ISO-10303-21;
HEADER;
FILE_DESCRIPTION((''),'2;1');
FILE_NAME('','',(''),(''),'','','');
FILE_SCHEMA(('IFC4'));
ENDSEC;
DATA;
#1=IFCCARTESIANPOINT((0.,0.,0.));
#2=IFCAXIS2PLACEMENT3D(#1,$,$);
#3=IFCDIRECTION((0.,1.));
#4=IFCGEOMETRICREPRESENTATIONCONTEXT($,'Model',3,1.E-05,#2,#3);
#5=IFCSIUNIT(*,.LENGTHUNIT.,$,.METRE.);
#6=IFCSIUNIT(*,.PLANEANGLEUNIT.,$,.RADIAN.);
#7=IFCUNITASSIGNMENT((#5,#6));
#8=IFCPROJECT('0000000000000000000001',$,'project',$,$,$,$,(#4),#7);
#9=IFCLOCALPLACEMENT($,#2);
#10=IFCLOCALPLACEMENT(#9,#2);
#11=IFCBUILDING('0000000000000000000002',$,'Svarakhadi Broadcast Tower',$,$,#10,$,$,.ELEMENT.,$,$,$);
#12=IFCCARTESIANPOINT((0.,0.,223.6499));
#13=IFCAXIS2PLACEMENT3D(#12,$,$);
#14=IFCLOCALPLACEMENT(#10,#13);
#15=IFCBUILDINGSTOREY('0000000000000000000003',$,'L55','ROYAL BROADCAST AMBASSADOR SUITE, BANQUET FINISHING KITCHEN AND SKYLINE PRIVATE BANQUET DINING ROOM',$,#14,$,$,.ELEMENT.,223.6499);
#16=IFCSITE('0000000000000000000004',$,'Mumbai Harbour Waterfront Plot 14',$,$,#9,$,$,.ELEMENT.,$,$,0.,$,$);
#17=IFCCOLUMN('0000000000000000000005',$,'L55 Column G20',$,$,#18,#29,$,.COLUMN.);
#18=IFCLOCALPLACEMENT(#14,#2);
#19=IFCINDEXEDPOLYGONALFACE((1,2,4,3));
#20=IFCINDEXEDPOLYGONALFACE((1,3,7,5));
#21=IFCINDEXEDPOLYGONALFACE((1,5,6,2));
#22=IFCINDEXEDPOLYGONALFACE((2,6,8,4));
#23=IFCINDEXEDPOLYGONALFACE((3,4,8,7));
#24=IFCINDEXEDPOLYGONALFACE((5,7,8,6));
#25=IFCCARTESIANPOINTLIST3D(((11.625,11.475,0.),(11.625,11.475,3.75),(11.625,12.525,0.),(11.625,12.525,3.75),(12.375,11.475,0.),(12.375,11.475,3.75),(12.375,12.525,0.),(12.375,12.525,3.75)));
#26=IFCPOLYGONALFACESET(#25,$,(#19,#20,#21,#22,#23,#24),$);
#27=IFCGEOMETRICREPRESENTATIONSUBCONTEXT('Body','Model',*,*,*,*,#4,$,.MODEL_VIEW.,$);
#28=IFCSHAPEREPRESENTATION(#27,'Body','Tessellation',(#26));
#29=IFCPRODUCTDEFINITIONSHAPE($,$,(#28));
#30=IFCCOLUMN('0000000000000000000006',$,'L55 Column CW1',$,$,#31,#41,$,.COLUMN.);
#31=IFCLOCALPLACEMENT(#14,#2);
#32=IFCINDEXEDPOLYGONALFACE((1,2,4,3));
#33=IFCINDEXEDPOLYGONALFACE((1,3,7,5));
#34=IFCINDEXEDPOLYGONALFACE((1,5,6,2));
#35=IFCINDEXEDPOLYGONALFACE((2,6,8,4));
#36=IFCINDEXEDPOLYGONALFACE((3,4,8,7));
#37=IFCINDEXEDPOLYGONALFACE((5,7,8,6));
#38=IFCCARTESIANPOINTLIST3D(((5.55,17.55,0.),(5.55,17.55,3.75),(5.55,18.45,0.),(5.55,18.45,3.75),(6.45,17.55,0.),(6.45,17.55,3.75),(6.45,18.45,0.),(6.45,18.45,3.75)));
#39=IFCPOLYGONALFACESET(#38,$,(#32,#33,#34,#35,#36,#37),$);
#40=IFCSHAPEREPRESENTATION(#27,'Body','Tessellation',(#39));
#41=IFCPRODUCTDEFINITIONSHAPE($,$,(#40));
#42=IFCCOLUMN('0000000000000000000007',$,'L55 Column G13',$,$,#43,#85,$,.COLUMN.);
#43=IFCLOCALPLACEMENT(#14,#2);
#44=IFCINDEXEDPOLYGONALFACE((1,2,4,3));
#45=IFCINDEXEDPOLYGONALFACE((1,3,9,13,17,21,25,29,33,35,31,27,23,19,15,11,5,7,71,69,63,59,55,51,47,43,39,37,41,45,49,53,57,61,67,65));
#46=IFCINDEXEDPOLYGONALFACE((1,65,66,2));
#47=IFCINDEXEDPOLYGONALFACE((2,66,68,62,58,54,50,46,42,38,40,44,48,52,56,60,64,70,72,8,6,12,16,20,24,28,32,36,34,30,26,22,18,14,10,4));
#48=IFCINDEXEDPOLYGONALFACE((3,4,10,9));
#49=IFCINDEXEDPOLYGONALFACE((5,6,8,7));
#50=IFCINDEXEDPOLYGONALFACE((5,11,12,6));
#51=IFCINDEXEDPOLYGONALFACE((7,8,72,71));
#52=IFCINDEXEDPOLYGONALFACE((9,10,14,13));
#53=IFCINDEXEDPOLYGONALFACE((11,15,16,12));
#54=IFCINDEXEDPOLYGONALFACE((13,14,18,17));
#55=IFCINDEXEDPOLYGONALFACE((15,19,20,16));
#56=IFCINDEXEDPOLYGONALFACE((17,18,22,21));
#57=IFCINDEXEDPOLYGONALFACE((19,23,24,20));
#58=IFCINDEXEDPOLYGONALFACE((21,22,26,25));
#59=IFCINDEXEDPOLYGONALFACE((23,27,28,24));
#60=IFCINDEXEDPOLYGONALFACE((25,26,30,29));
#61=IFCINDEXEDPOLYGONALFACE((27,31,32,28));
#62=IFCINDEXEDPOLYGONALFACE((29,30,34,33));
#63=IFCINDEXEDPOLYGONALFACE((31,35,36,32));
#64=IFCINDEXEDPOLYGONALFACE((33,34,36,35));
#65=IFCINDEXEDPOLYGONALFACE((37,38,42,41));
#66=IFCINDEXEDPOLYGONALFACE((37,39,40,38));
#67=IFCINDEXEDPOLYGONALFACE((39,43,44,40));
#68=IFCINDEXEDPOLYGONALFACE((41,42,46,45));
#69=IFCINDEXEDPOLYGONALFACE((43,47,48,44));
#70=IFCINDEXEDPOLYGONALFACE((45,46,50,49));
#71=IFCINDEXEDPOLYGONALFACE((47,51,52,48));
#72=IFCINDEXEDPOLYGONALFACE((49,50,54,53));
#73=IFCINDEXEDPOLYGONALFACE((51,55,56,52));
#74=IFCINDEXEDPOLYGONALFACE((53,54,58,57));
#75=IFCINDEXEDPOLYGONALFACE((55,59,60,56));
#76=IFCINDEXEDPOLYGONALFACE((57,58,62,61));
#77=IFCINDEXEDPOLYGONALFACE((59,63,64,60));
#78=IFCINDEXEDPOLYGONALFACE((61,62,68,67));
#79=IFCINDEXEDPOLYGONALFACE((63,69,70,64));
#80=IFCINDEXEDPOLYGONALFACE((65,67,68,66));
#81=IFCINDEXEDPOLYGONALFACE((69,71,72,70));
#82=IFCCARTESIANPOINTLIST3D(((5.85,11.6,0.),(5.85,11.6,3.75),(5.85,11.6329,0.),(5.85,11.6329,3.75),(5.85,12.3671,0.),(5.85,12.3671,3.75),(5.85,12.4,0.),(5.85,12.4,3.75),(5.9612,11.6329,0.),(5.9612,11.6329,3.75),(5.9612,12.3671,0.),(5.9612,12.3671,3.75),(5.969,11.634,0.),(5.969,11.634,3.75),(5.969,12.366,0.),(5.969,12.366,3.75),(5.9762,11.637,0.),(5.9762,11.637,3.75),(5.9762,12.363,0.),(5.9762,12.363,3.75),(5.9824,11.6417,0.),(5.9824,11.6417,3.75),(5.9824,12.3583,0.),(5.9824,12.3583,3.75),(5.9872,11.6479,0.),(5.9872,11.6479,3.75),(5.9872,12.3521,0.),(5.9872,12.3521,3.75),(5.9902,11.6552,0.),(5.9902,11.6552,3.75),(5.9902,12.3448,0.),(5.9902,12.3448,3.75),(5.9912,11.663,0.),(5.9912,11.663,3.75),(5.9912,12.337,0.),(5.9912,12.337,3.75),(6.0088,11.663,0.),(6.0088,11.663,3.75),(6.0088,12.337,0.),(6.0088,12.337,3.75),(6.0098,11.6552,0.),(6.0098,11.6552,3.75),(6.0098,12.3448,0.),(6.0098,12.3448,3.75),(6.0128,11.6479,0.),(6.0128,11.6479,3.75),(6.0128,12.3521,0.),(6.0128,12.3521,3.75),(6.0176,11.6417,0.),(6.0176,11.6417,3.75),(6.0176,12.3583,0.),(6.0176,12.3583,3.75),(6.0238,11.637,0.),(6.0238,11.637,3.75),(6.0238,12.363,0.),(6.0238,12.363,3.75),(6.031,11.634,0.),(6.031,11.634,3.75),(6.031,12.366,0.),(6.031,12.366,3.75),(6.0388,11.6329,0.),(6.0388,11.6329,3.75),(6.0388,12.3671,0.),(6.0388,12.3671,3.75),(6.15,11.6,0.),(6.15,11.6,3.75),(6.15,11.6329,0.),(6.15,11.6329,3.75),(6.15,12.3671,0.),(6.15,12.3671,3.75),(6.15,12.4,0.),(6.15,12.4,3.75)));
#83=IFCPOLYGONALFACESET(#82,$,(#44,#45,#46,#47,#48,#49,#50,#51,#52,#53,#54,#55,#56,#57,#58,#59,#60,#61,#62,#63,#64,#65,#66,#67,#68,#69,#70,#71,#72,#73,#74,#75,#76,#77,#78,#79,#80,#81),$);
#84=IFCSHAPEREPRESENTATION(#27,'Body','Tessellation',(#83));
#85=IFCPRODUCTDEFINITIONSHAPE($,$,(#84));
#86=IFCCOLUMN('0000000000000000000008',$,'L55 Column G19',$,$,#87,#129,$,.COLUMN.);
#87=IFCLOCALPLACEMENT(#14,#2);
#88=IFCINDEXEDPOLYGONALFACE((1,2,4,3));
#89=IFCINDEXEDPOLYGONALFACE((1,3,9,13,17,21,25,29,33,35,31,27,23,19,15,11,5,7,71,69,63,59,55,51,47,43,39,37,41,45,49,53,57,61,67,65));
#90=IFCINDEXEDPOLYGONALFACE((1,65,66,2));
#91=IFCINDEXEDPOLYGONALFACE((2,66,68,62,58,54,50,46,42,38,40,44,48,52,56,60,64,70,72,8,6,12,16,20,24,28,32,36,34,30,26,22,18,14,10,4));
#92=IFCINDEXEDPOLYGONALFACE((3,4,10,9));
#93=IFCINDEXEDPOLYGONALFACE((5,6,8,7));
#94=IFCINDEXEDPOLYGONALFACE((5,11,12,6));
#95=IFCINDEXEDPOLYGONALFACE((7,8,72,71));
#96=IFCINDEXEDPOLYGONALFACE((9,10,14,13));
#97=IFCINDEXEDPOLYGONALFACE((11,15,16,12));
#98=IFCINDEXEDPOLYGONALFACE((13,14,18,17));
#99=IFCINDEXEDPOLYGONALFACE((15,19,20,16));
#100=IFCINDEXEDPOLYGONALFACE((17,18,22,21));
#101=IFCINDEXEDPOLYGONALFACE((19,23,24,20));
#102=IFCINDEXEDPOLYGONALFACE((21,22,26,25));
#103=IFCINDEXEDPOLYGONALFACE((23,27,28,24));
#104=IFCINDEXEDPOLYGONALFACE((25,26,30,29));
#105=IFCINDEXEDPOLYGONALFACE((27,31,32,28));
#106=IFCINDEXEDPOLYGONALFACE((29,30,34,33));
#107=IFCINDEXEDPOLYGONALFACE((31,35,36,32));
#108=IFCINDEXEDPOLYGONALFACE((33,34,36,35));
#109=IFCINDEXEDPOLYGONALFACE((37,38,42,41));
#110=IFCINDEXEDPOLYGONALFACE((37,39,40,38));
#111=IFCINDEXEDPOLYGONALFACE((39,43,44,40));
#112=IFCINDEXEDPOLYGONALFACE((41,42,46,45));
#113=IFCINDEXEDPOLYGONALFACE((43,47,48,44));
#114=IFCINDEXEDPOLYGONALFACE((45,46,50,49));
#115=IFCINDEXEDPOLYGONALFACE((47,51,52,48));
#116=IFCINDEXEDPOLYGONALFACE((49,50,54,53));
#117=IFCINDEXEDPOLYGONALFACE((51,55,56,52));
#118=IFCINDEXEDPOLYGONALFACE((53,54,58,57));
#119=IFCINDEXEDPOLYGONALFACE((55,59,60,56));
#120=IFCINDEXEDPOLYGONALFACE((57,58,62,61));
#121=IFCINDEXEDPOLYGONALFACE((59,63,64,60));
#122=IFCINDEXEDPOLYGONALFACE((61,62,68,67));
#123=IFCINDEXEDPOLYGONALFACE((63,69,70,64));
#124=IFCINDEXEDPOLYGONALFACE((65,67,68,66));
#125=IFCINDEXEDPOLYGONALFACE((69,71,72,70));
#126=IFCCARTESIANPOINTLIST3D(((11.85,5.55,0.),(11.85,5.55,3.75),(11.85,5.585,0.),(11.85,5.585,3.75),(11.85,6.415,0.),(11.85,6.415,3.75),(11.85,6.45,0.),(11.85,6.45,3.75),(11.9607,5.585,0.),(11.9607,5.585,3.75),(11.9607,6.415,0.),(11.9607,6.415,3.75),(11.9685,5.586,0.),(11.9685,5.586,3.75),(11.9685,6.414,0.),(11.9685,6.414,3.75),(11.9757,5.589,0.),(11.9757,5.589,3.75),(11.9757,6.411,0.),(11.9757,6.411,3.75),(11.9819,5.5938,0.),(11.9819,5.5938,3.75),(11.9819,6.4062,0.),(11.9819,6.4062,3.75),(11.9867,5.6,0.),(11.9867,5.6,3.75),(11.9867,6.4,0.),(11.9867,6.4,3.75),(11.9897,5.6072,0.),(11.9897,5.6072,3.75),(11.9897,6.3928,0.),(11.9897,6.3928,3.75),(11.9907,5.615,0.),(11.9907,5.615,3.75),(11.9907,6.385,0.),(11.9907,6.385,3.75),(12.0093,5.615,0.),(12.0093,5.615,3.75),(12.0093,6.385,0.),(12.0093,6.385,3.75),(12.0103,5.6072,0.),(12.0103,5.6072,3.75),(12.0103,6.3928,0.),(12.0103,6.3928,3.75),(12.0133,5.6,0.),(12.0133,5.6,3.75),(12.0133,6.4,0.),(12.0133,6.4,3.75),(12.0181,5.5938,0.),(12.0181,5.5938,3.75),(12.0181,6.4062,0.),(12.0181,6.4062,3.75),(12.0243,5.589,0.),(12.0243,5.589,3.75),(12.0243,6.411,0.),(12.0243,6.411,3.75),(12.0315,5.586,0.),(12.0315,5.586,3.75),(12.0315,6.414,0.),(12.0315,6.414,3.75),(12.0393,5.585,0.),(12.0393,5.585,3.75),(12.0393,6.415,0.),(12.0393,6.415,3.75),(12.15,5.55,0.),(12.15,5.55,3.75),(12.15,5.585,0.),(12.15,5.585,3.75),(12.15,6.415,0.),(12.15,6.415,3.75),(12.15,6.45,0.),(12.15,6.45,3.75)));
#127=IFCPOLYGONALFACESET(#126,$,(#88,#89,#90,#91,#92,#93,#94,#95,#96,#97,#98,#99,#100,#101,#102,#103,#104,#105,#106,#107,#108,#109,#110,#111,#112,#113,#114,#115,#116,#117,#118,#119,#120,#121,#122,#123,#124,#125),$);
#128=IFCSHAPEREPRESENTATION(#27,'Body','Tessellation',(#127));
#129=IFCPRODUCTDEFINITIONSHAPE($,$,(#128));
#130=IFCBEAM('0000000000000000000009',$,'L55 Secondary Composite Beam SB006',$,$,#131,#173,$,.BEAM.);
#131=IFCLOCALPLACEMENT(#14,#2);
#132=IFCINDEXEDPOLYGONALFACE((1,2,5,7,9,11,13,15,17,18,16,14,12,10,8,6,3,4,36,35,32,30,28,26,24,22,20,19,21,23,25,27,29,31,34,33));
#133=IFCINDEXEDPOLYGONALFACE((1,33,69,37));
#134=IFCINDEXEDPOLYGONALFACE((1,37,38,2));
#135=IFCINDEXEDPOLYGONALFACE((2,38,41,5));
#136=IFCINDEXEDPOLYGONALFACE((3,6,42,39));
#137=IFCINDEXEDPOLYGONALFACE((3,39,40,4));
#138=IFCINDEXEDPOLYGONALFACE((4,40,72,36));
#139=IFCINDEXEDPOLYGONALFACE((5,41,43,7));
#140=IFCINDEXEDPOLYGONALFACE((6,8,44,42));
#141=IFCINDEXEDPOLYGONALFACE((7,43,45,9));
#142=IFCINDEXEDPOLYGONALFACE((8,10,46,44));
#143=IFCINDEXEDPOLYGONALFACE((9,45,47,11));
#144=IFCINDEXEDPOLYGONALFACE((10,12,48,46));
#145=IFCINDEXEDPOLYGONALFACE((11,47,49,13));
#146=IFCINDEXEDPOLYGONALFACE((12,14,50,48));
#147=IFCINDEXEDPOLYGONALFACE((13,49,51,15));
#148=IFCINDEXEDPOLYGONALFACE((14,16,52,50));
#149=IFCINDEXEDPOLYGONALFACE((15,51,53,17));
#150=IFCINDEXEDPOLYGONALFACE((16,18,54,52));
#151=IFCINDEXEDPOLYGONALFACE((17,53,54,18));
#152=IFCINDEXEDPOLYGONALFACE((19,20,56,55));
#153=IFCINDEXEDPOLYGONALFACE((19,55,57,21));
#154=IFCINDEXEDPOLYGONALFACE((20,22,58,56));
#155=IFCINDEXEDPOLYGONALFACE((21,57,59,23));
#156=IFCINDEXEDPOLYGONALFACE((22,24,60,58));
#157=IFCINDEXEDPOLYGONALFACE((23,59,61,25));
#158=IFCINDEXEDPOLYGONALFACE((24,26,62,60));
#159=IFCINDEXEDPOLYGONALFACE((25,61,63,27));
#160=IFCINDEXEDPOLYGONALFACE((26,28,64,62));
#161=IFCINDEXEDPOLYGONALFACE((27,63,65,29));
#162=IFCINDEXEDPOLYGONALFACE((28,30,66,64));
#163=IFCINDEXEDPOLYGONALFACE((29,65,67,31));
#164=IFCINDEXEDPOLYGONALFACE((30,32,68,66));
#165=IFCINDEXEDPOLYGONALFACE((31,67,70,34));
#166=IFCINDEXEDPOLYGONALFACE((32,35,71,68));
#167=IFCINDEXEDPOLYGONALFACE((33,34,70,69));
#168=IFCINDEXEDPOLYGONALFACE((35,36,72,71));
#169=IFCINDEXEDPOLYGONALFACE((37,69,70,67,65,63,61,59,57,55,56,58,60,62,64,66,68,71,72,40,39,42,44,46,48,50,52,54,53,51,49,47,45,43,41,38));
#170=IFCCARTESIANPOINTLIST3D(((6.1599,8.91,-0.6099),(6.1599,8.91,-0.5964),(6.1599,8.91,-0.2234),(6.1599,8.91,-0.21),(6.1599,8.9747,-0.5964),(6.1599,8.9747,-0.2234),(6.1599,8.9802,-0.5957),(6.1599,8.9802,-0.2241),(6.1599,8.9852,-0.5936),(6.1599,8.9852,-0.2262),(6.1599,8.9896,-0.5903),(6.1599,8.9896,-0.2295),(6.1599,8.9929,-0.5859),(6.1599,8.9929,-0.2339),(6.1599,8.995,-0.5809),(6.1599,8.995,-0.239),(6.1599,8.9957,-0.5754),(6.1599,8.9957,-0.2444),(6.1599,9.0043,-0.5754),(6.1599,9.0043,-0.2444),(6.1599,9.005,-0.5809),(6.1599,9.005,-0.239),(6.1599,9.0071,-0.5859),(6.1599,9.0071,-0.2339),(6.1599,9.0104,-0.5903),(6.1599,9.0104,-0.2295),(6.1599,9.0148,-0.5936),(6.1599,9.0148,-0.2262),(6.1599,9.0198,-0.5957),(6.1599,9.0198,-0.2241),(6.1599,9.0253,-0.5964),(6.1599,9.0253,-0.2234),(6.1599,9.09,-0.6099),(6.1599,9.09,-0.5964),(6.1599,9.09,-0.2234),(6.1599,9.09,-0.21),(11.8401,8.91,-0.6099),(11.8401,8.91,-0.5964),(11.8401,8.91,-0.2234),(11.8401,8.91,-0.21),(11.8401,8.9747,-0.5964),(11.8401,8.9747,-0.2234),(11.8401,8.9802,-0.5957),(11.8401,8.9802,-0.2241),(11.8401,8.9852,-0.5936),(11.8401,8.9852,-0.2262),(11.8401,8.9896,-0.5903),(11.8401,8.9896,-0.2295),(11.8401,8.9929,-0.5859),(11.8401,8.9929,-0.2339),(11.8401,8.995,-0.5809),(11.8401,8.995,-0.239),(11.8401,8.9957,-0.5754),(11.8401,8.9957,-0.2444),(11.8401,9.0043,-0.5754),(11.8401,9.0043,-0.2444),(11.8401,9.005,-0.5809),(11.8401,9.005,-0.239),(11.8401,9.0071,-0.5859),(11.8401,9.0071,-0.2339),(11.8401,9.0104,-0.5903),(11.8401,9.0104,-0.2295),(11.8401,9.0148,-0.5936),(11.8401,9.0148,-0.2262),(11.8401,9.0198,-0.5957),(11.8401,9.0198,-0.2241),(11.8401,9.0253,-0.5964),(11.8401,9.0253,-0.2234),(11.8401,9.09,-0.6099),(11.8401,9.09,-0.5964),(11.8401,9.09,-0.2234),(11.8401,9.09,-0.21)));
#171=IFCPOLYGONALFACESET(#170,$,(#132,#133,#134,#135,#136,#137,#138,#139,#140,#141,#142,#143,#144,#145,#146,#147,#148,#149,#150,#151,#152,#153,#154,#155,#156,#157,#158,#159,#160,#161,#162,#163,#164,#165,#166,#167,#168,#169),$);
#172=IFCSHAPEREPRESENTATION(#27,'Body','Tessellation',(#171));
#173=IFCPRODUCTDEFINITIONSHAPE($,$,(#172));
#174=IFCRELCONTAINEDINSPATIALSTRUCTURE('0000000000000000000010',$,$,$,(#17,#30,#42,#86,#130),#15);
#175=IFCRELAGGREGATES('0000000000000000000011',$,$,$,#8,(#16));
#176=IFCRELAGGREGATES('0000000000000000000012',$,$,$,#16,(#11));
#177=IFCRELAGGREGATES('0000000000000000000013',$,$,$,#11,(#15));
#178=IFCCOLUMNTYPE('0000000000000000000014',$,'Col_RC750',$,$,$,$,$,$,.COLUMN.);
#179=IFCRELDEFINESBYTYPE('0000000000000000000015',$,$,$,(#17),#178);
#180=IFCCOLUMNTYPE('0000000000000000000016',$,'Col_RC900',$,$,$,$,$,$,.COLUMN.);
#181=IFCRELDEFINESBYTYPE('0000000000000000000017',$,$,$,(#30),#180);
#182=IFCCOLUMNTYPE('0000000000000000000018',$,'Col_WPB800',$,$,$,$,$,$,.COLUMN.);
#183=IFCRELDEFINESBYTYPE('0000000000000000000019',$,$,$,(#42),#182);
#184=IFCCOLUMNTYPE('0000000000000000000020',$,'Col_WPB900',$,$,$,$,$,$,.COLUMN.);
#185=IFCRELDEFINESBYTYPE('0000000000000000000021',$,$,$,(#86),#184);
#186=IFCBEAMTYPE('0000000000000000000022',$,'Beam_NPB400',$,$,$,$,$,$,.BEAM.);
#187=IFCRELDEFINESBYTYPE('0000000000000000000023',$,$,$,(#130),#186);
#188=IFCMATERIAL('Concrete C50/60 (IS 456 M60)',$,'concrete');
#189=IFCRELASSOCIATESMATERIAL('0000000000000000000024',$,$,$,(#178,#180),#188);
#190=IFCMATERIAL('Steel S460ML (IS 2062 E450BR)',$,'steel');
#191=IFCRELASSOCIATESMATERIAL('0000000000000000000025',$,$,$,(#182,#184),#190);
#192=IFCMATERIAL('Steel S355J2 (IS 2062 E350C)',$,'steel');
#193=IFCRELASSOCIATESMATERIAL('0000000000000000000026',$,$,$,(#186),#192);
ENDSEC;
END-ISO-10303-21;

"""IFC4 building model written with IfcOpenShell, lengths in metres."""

from ifc_helpers import new_model, si_unit, direction, frame, origin, origin_2d, place, context, subcontext, project, spatial, rectangle, i_section, extrude, material, material_profile, profile_set, type_object, element, save


model = new_model("IFC4")

# Units and contexts
model_context = context("Model", 3, precision=1e-05, world=origin(), true_north=direction((0.0, 1.0)))
body_context = subcontext(model_context, "Body", "Model", "MODEL_VIEW")
ifc_project = project(units=[si_unit("LENGTHUNIT", "METRE"), si_unit("PLANEANGLEUNIT", "RADIAN")], contexts=[model_context])

# Site, building, storey
site_placement = place(None, origin())
site = spatial("IfcSite", under=ifc_project, at=site_placement, Name="Mumbai Harbour Waterfront Plot 14", CompositionType="ELEMENT", RefElevation=0.0)
building_placement = place(site_placement, origin())
building = spatial("IfcBuilding", under=site, at=building_placement, Name="Svarakhadi Broadcast Tower", CompositionType="ELEMENT")
storey_placement = place(building_placement, frame((0.0, 0.0, 223.6499)))
storey = spatial("IfcBuildingStorey", under=building, at=storey_placement, Name="L55", Description="ROYAL BROADCAST AMBASSADOR SUITE, BANQUET FINISHING KITCHEN AND SKYLINE PRIVATE BANQUET DINING ROOM", CompositionType="ELEMENT", Elevation=223.6499)

# Columns
ifc_material_1 = material(Name="Concrete C50/60 (IS 456 M60)", Category="concrete")
ifc_material_profile_1 = material_profile(ifc_material_1, rectangle(XDim=0.75, YDim=1.05, at=origin_2d()), Name="RC 750x1050")
ifc_profile_set_1 = profile_set([ifc_material_profile_1], Name="Concrete C50/60 (IS 456 M60)")
column_type_1 = type_object("IfcColumnType", Name="Col_RC750", PredefinedType="COLUMN", material=ifc_profile_set_1)
column_1_placement = place(storey_placement, frame((12.0, 12.0, 0.0), z_axis=(0.0, 0.0, 1.0), x_axis=(1.0, 0.0, 0.0)))
element("IfcColumn", 1, at=column_1_placement, inside=storey, type_object=column_type_1, Name="L55 Column G20", PredefinedType="COLUMN", context=body_context, shape_type="SweptSolid", body=[
    extrude(rectangle(XDim=0.75, YDim=1.05, at=origin_2d()), origin(), (0.0, 0.0, 1.0), 3.75),
])
ifc_material_profile_2 = material_profile(ifc_material_1, rectangle(XDim=0.8999, YDim=0.8999, at=origin_2d()), Name="RC 900x900")
ifc_profile_set_2 = profile_set([ifc_material_profile_2], Name="Concrete C50/60 (IS 456 M60)")
column_type_2 = type_object("IfcColumnType", Name="Col_RC900", PredefinedType="COLUMN", material=ifc_profile_set_2)
column_2_placement = place(storey_placement, frame((6.0, 18.0, 0.0), z_axis=(0.0, 0.0, 1.0), x_axis=(1.0, 0.0, 0.0)))
element("IfcColumn", 2, at=column_2_placement, inside=storey, type_object=column_type_2, Name="L55 Column CW1", PredefinedType="COLUMN", context=body_context, shape_type="SweptSolid", body=[
    extrude(rectangle(XDim=0.8999, YDim=0.8999, at=origin_2d()), origin(), (0.0, 0.0, 1.0), 3.75),
])
ifc_material_2 = material(Name="Steel S460ML (IS 2062 E450BR)", Category="steel")
ifc_material_profile_3 = material_profile(ifc_material_2, i_section(OverallWidth=0.3, OverallDepth=0.8, WebThickness=0.0176, FlangeThickness=0.033, FilletRadius=0.03, at=origin_2d()), Name="WPB 800x300x262")
ifc_profile_set_3 = profile_set([ifc_material_profile_3], Name="Steel S460ML (IS 2062 E450BR)")
column_type_3 = type_object("IfcColumnType", Name="Col_WPB800", PredefinedType="COLUMN", material=ifc_profile_set_3)
column_3_placement = place(storey_placement, frame((6.0, 12.0, 0.0), z_axis=(0.0, 0.0, 1.0), x_axis=(1.0, 0.0, 0.0)))
element("IfcColumn", 3, at=column_3_placement, inside=storey, type_object=column_type_3, Name="L55 Column G13", PredefinedType="COLUMN", context=body_context, shape_type="SweptSolid", body=[
    extrude(i_section(OverallWidth=0.3, OverallDepth=0.8, WebThickness=0.0176, FlangeThickness=0.033, FilletRadius=0.03, at=origin_2d()), origin(), (0.0, 0.0, 1.0), 3.75),
])
ifc_material_profile_4 = material_profile(ifc_material_2, i_section(OverallWidth=0.3, OverallDepth=0.8999, WebThickness=0.0186, FlangeThickness=0.0349, FilletRadius=0.03, at=origin_2d()), Name="WPB 900x300x291")
ifc_profile_set_4 = profile_set([ifc_material_profile_4], Name="Steel S460ML (IS 2062 E450BR)")
column_type_4 = type_object("IfcColumnType", Name="Col_WPB900", PredefinedType="COLUMN", material=ifc_profile_set_4)
column_4_placement = place(storey_placement, frame((12.0, 6.0, 0.0), z_axis=(0.0, 0.0, 1.0), x_axis=(1.0, 0.0, 0.0)))
element("IfcColumn", 4, at=column_4_placement, inside=storey, type_object=column_type_4, Name="L55 Column G19", PredefinedType="COLUMN", context=body_context, shape_type="SweptSolid", body=[
    extrude(i_section(OverallWidth=0.3, OverallDepth=0.8999, WebThickness=0.0186, FlangeThickness=0.0349, FilletRadius=0.03, at=origin_2d()), origin(), (0.0, 0.0, 1.0), 3.75),
])

# Beam
ifc_material_3 = material(Name="Steel S355J2 (IS 2062 E350C)", Category="steel")
ifc_material_profile_5 = material_profile(ifc_material_3, i_section(OverallWidth=0.1799, OverallDepth=0.3999, WebThickness=0.0085, FlangeThickness=0.0134, FilletRadius=0.021, at=origin_2d()), Name="NPB 400x180x66")
ifc_profile_set_5 = profile_set([ifc_material_profile_5], Name="Steel S355J2 (IS 2062 E350C)")
beam_type_1 = type_object("IfcBeamType", Name="Beam_NPB400", PredefinedType="BEAM", material=ifc_profile_set_5)
for number, where, z_axis, x_axis, name in (
    (5, (6.1599, 9.0, -0.4099), (1.0, 0.0, 0.0), (0.0, 1.0, 0.0), "L55 Secondary Composite Beam SB006"),
):
    element("IfcBeam", number, at=place(storey_placement, frame(where, z_axis=z_axis, x_axis=x_axis)), inside=storey, type_object=beam_type_1, Name=name, PredefinedType="BEAM", context=body_context, shape_type="SweptSolid", body=[
        extrude(i_section(OverallWidth=0.1799, OverallDepth=0.3999, WebThickness=0.0085, FlangeThickness=0.0134, FilletRadius=0.021, at=origin_2d()), origin(), (0.0, 0.0, 1.0), 5.6802),
    ])

save(model, "model.ifc")
